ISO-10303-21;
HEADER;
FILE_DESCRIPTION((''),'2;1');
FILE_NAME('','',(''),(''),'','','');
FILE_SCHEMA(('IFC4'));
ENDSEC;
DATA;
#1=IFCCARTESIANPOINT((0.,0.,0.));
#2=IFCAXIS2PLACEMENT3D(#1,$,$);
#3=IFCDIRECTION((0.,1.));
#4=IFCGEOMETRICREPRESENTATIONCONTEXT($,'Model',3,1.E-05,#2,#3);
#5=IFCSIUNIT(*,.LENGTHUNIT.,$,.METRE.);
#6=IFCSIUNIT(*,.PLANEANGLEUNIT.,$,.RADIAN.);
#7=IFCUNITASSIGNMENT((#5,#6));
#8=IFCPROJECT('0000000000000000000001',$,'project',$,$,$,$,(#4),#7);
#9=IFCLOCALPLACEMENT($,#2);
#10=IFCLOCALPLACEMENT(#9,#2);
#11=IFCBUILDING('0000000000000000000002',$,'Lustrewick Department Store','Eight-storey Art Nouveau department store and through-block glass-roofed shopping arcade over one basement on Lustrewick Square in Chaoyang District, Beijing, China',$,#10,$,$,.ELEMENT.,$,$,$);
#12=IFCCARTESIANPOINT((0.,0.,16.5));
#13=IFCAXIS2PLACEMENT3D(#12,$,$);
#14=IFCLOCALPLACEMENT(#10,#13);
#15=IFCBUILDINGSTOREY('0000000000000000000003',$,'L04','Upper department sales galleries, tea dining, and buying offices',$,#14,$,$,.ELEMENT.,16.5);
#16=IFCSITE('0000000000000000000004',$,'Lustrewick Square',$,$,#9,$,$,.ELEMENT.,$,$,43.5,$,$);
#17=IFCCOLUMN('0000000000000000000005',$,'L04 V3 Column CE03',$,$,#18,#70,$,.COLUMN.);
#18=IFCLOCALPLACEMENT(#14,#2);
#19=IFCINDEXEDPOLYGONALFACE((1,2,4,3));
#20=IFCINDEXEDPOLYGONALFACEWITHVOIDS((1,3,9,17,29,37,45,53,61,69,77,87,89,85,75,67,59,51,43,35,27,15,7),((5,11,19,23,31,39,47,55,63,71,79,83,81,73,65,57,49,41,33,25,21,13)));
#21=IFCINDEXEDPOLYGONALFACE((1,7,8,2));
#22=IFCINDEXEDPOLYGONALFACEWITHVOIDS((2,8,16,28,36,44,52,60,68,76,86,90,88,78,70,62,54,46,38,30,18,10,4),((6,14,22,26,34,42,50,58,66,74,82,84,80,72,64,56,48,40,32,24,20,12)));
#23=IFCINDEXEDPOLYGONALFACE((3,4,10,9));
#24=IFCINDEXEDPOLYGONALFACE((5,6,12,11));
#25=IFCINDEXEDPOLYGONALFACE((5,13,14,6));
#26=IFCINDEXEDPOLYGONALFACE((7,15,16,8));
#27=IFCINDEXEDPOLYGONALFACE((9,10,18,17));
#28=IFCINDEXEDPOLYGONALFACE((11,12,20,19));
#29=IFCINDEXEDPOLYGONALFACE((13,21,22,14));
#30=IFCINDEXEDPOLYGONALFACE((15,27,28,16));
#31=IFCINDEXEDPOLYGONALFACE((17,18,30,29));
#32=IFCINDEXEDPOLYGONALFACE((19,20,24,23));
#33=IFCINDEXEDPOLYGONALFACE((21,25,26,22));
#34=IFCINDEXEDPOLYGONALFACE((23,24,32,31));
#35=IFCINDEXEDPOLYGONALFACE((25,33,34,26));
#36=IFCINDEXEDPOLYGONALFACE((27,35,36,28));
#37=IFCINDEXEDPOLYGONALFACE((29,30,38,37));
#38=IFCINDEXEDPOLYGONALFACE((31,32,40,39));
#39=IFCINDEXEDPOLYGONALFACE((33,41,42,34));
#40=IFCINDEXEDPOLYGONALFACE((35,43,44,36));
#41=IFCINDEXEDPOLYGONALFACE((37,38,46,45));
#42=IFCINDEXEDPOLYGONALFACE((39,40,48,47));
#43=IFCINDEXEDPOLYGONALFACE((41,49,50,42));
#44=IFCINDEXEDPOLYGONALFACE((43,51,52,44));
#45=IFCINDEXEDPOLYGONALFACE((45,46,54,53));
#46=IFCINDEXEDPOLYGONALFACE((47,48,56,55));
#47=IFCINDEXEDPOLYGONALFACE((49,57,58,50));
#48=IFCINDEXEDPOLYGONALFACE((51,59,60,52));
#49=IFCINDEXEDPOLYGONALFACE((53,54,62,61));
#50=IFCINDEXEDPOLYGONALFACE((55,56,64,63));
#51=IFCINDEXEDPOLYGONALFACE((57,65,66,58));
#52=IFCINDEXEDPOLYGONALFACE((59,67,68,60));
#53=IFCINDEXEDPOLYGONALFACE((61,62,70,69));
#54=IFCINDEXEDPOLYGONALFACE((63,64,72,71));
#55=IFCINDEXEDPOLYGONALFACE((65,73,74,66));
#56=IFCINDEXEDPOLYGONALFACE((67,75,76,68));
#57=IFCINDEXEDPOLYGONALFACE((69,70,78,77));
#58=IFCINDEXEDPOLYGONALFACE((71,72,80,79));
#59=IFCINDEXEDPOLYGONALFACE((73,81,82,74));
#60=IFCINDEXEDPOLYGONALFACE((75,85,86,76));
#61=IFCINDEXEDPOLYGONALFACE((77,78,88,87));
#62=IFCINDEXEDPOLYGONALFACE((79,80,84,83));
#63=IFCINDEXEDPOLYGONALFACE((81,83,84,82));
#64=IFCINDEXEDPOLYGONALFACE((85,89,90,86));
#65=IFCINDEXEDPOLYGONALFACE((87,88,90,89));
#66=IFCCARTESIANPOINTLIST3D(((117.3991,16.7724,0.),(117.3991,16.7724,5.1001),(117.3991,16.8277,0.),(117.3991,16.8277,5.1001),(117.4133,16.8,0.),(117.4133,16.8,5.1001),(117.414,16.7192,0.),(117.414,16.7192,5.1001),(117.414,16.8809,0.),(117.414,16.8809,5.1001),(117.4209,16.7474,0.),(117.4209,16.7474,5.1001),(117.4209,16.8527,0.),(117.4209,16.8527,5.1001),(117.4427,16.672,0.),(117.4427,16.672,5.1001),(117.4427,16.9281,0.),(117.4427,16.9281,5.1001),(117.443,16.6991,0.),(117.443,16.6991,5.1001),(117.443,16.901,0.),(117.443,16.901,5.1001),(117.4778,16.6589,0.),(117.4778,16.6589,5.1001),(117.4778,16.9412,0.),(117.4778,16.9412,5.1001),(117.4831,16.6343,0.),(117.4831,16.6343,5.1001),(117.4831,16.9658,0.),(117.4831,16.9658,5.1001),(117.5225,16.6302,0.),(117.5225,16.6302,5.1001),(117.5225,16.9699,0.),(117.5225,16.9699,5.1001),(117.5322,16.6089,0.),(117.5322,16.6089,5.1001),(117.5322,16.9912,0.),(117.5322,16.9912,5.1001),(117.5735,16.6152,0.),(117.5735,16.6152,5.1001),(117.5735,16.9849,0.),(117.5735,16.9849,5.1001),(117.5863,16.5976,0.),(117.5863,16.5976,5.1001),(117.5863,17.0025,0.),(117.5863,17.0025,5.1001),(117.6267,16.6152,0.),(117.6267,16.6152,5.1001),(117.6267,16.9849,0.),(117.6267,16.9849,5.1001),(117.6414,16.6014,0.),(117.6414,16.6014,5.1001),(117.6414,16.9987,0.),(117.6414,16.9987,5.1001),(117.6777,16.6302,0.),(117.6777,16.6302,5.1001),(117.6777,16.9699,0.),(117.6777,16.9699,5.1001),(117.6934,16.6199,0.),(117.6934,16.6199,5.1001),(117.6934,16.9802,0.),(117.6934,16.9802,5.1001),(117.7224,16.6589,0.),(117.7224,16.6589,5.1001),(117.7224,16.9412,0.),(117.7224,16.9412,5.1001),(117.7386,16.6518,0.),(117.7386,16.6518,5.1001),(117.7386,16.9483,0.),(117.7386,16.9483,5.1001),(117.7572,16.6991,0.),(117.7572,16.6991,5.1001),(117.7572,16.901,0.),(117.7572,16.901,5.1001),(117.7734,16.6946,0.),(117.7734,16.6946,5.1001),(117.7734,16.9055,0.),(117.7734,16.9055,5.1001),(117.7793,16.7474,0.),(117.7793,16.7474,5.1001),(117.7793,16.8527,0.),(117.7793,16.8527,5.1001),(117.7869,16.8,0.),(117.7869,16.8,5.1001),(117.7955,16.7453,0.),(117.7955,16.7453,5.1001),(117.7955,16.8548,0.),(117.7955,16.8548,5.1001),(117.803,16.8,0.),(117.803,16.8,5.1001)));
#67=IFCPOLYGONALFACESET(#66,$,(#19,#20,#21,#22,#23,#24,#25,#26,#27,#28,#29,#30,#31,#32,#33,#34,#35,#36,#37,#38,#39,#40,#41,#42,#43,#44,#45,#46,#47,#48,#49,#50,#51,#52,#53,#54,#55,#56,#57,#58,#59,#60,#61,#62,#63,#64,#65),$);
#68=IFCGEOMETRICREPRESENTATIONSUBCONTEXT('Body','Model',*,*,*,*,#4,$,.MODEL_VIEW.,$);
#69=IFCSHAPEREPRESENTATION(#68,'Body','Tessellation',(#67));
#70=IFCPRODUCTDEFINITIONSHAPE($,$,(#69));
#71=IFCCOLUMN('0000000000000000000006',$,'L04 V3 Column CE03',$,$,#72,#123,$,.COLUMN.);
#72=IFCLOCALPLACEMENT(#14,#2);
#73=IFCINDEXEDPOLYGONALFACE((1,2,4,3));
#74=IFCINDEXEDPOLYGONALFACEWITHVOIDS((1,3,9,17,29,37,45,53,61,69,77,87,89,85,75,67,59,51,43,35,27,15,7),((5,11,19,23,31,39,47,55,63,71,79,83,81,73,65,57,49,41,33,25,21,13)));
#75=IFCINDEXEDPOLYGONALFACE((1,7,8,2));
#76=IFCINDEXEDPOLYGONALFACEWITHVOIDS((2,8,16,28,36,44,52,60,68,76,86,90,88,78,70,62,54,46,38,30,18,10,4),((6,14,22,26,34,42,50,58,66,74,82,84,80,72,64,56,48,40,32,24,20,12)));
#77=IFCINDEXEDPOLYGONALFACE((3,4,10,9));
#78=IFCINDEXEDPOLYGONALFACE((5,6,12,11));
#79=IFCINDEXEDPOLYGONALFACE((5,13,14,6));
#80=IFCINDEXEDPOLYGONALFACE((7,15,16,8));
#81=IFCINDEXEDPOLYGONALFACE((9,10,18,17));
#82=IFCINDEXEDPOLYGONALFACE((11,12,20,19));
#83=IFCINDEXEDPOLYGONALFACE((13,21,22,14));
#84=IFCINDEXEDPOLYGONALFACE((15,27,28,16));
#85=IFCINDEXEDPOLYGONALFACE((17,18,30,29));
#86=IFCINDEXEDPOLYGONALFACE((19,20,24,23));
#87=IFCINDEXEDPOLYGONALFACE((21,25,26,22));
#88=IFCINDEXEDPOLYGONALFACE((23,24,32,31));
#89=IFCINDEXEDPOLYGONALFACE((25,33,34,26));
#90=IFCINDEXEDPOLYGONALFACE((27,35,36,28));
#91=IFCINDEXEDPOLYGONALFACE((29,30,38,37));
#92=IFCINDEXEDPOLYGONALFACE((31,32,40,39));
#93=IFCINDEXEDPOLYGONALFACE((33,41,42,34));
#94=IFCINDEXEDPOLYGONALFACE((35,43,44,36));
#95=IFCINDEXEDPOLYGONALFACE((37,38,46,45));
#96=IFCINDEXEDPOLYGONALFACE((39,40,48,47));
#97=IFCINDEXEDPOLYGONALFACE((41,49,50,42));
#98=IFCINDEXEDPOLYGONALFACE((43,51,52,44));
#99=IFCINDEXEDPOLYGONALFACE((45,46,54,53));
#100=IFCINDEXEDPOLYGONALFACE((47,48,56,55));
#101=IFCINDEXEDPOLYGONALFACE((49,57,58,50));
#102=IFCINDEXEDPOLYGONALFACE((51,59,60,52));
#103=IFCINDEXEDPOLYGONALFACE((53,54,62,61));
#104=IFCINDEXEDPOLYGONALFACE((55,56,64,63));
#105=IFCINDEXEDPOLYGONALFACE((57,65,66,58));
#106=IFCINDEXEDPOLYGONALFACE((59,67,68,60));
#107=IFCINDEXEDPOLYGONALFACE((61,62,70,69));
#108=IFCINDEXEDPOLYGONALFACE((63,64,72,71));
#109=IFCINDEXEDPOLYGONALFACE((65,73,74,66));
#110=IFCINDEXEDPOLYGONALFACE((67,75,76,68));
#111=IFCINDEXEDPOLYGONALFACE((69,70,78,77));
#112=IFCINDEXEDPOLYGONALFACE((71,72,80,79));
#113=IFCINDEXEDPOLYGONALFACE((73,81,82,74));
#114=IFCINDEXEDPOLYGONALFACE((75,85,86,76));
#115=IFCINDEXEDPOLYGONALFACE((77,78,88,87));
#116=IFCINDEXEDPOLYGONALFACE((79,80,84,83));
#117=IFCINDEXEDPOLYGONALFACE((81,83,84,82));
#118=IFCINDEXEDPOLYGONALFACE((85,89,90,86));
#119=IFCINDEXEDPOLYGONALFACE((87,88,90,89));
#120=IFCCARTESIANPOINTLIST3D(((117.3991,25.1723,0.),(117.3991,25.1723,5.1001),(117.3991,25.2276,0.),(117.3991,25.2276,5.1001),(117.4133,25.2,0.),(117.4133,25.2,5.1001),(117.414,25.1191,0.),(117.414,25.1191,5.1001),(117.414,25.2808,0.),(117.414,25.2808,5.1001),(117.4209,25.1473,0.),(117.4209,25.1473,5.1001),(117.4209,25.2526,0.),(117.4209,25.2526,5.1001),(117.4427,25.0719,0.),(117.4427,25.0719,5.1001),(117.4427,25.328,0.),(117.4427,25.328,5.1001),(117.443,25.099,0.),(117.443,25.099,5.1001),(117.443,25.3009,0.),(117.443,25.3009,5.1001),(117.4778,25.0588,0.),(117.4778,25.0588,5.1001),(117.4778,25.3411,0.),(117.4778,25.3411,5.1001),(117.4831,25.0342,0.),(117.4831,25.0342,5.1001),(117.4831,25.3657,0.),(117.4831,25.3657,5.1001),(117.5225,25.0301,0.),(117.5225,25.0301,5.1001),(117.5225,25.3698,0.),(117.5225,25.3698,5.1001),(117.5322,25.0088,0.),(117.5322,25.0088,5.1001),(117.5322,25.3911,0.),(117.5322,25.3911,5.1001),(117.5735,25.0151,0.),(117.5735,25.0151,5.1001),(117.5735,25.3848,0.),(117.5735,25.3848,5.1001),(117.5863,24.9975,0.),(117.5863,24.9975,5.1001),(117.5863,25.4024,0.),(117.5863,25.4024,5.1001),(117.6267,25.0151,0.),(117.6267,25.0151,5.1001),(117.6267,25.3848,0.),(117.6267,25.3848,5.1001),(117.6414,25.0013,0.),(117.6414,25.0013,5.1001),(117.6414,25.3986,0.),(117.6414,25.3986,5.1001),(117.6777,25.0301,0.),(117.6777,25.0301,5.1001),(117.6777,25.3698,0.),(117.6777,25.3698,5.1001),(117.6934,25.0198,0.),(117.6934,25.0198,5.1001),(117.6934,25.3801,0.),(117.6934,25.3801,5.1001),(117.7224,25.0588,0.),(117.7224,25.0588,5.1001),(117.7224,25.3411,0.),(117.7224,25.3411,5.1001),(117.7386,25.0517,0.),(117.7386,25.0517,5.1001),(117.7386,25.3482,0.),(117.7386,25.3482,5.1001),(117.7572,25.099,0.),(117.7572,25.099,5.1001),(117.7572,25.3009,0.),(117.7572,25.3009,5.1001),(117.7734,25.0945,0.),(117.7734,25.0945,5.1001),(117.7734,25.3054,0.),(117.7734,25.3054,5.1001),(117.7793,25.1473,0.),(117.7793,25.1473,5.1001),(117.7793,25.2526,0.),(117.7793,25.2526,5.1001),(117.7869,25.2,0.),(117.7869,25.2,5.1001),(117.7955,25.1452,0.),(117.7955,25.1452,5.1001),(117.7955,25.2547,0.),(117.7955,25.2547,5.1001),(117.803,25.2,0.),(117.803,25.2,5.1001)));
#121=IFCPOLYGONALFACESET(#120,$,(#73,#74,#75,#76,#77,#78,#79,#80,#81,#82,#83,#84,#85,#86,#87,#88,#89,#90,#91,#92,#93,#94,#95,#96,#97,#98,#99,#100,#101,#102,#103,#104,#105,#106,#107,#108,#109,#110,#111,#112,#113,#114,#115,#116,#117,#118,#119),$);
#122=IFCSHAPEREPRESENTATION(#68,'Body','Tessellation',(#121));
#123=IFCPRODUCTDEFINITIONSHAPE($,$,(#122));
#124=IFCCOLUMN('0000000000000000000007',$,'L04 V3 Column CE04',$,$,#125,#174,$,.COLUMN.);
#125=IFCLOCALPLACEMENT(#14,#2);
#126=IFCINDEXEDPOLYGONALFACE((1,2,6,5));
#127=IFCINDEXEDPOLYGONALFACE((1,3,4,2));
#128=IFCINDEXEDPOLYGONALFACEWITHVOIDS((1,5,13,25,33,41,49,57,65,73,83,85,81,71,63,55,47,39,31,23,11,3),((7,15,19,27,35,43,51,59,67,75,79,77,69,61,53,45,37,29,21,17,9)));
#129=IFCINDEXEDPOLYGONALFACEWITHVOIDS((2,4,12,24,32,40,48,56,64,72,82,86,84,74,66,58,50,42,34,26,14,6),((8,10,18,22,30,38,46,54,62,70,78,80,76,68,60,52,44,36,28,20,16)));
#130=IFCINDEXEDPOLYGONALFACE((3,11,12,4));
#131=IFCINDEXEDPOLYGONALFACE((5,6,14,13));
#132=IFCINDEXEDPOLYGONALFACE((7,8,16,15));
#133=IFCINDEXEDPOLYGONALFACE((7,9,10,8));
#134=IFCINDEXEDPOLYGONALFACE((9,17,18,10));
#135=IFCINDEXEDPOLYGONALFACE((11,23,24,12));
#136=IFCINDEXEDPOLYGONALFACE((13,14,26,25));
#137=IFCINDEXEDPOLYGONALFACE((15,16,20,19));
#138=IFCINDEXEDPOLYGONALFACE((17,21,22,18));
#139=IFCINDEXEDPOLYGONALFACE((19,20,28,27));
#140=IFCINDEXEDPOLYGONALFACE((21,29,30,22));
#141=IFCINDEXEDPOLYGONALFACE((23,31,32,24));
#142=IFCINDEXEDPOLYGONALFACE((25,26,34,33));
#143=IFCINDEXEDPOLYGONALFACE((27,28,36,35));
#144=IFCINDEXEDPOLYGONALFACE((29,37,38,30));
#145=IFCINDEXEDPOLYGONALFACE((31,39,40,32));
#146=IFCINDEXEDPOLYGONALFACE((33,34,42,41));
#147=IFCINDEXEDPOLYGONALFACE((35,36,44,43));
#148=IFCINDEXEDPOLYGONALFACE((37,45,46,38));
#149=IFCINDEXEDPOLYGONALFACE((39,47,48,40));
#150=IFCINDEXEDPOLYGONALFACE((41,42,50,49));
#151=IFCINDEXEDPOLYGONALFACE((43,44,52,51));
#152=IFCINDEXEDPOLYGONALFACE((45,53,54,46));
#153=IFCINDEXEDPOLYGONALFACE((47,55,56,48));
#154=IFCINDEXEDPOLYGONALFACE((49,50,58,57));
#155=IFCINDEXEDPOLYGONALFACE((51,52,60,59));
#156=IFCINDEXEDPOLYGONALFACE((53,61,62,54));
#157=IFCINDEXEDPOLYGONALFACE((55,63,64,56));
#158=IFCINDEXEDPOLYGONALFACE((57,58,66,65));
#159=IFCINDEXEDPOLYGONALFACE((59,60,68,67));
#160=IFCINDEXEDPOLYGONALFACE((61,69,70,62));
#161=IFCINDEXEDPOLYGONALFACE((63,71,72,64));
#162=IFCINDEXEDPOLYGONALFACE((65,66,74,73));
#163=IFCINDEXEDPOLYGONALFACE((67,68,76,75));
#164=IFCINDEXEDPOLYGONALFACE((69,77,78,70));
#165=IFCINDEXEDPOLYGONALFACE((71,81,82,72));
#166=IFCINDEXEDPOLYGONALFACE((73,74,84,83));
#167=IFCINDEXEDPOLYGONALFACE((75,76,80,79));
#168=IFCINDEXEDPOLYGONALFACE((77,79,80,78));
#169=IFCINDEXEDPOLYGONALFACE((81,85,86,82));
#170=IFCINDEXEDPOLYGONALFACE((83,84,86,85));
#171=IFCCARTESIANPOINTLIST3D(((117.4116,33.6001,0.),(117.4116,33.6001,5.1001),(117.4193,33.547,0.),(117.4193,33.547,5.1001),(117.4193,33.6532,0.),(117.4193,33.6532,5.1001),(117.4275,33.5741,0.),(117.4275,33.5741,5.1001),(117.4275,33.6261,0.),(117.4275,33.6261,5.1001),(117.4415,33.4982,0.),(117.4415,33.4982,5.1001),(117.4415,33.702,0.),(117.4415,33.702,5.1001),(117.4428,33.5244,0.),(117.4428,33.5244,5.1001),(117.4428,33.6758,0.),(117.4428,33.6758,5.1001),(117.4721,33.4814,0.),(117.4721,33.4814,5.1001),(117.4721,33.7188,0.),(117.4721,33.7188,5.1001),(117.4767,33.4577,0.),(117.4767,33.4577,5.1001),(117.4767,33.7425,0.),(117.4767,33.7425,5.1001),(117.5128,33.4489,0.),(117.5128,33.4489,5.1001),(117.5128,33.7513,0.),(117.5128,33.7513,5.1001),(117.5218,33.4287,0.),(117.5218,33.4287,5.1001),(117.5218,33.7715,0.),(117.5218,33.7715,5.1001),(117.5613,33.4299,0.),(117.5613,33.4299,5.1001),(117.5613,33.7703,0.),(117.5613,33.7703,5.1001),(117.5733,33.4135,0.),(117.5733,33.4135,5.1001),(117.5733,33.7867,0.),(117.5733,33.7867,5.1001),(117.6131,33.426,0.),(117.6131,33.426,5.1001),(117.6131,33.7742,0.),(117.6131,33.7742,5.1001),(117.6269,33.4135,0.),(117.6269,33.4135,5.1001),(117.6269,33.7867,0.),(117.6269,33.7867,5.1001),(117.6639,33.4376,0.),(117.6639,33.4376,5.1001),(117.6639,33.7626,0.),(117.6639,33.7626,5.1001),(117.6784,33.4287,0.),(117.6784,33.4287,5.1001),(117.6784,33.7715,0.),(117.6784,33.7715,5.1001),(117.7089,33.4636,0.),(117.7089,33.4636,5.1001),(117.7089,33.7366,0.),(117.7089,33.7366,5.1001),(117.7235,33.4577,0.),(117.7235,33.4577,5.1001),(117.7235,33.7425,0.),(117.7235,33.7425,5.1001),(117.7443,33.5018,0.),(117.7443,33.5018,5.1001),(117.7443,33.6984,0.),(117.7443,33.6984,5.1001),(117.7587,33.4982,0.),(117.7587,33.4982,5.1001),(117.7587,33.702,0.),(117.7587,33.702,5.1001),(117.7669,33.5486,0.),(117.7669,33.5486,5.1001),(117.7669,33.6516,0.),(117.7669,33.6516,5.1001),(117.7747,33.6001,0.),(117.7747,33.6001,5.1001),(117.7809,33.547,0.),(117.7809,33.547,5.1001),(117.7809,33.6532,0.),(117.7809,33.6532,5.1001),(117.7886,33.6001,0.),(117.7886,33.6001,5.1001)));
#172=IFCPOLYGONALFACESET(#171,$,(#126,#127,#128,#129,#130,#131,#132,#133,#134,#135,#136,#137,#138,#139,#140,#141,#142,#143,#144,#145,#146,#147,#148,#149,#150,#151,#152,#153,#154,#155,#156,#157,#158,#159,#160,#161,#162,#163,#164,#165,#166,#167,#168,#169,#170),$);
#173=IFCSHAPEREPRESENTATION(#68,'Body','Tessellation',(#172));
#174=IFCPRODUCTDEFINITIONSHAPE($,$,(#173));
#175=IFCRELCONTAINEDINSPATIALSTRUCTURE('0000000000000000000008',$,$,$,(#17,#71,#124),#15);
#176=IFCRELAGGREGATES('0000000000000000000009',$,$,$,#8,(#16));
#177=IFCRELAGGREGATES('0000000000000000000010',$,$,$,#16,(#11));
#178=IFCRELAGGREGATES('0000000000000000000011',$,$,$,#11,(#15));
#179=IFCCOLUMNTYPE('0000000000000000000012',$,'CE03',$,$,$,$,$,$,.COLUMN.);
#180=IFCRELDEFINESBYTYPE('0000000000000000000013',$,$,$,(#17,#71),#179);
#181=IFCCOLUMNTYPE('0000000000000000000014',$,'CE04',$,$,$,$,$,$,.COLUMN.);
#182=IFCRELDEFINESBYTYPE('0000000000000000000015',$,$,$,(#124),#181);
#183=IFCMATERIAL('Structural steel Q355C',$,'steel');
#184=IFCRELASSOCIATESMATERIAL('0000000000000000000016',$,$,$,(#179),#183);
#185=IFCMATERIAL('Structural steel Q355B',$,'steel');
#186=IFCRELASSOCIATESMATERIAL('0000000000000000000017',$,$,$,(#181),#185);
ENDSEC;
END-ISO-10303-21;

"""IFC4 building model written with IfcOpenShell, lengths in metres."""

from ifc_helpers import new_model, si_unit, direction, frame, origin, origin_2d, place, context, subcontext, project, spatial, hollow_circle, extrude, material, material_profile, profile_set, type_object, element, save


model = new_model("IFC4")

# Units and contexts
model_context = context("Model", 3, precision=1e-05, world=origin(), true_north=direction((0.0, 1.0)))
body_context = subcontext(model_context, "Body", "Model", "MODEL_VIEW")
ifc_project = project(units=[si_unit("LENGTHUNIT", "METRE"), si_unit("PLANEANGLEUNIT", "RADIAN")], contexts=[model_context])

# Site, building, storey
site_placement = place(None, origin())
site = spatial("IfcSite", under=ifc_project, at=site_placement, Name="Lustrewick Square", CompositionType="ELEMENT", RefElevation=43.5)
building_placement = place(site_placement, origin())
building = spatial("IfcBuilding", under=site, at=building_placement, Name="Lustrewick Department Store", Description="Eight-storey Art Nouveau department store and through-block glass-roofed shopping arcade over one basement on Lustrewick Square in Chaoyang District, Beijing, China", CompositionType="ELEMENT")
storey_placement = place(building_placement, frame((0.0, 0.0, 16.5)))
storey = spatial("IfcBuildingStorey", under=building, at=storey_placement, Name="L04", Description="Upper department sales galleries, tea dining, and buying offices", CompositionType="ELEMENT", Elevation=16.5)

# Columns
ifc_material_1 = material(Name="Structural steel Q355C", Category="steel")
ifc_material_profile_1 = material_profile(ifc_material_1, hollow_circle(Radius=0.2029, WallThickness=0.0161, at=origin_2d()), Name="CHS 406x16")
ifc_profile_set_1 = profile_set([ifc_material_profile_1], Name="Structural steel Q355C")
column_type_1 = type_object("IfcColumnType", Name="CE03", PredefinedType="COLUMN", material=ifc_profile_set_1)
for number, where, z_axis, x_axis, name in (
    (1, (117.6001, 16.8, 0.0), (0.0, 0.0, 1.0), (1.0, 0.0, 0.0), "L04 V3 Column CE03"),
    (2, (117.6001, 25.2, 0.0), (0.0, 0.0, 1.0), (1.0, 0.0, 0.0), "L04 V3 Column CE03"),
):
    element("IfcColumn", number, at=place(storey_placement, frame(where, z_axis=z_axis, x_axis=x_axis)), inside=storey, type_object=column_type_1, Name=name, PredefinedType="COLUMN", context=body_context, shape_type="SweptSolid", body=[
        extrude(hollow_circle(Radius=0.2029, WallThickness=0.0161, at=origin_2d()), origin(), (0.0, 0.0, 1.0), 5.1001),
    ])
ifc_material_2 = material(Name="Structural steel Q355B", Category="steel")
ifc_material_profile_2 = material_profile(ifc_material_2, hollow_circle(Radius=0.1885, WallThickness=0.0139, at=origin_2d()), Name="CHS 377x14")
ifc_profile_set_2 = profile_set([ifc_material_profile_2], Name="Structural steel Q355B")
column_type_2 = type_object("IfcColumnType", Name="CE04", PredefinedType="COLUMN", material=ifc_profile_set_2)
column_placement = place(storey_placement, frame((117.6001, 33.6001, 0.0), z_axis=(0.0, 0.0, 1.0), x_axis=(1.0, 0.0, 0.0)))
element("IfcColumn", 3, at=column_placement, inside=storey, type_object=column_type_2, Name="L04 V3 Column CE04", PredefinedType="COLUMN", context=body_context, shape_type="SweptSolid", body=[
    extrude(hollow_circle(Radius=0.1885, WallThickness=0.0139, at=origin_2d()), origin(), (0.0, 0.0, 1.0), 5.1001),
])

save(model, "model.ifc")
